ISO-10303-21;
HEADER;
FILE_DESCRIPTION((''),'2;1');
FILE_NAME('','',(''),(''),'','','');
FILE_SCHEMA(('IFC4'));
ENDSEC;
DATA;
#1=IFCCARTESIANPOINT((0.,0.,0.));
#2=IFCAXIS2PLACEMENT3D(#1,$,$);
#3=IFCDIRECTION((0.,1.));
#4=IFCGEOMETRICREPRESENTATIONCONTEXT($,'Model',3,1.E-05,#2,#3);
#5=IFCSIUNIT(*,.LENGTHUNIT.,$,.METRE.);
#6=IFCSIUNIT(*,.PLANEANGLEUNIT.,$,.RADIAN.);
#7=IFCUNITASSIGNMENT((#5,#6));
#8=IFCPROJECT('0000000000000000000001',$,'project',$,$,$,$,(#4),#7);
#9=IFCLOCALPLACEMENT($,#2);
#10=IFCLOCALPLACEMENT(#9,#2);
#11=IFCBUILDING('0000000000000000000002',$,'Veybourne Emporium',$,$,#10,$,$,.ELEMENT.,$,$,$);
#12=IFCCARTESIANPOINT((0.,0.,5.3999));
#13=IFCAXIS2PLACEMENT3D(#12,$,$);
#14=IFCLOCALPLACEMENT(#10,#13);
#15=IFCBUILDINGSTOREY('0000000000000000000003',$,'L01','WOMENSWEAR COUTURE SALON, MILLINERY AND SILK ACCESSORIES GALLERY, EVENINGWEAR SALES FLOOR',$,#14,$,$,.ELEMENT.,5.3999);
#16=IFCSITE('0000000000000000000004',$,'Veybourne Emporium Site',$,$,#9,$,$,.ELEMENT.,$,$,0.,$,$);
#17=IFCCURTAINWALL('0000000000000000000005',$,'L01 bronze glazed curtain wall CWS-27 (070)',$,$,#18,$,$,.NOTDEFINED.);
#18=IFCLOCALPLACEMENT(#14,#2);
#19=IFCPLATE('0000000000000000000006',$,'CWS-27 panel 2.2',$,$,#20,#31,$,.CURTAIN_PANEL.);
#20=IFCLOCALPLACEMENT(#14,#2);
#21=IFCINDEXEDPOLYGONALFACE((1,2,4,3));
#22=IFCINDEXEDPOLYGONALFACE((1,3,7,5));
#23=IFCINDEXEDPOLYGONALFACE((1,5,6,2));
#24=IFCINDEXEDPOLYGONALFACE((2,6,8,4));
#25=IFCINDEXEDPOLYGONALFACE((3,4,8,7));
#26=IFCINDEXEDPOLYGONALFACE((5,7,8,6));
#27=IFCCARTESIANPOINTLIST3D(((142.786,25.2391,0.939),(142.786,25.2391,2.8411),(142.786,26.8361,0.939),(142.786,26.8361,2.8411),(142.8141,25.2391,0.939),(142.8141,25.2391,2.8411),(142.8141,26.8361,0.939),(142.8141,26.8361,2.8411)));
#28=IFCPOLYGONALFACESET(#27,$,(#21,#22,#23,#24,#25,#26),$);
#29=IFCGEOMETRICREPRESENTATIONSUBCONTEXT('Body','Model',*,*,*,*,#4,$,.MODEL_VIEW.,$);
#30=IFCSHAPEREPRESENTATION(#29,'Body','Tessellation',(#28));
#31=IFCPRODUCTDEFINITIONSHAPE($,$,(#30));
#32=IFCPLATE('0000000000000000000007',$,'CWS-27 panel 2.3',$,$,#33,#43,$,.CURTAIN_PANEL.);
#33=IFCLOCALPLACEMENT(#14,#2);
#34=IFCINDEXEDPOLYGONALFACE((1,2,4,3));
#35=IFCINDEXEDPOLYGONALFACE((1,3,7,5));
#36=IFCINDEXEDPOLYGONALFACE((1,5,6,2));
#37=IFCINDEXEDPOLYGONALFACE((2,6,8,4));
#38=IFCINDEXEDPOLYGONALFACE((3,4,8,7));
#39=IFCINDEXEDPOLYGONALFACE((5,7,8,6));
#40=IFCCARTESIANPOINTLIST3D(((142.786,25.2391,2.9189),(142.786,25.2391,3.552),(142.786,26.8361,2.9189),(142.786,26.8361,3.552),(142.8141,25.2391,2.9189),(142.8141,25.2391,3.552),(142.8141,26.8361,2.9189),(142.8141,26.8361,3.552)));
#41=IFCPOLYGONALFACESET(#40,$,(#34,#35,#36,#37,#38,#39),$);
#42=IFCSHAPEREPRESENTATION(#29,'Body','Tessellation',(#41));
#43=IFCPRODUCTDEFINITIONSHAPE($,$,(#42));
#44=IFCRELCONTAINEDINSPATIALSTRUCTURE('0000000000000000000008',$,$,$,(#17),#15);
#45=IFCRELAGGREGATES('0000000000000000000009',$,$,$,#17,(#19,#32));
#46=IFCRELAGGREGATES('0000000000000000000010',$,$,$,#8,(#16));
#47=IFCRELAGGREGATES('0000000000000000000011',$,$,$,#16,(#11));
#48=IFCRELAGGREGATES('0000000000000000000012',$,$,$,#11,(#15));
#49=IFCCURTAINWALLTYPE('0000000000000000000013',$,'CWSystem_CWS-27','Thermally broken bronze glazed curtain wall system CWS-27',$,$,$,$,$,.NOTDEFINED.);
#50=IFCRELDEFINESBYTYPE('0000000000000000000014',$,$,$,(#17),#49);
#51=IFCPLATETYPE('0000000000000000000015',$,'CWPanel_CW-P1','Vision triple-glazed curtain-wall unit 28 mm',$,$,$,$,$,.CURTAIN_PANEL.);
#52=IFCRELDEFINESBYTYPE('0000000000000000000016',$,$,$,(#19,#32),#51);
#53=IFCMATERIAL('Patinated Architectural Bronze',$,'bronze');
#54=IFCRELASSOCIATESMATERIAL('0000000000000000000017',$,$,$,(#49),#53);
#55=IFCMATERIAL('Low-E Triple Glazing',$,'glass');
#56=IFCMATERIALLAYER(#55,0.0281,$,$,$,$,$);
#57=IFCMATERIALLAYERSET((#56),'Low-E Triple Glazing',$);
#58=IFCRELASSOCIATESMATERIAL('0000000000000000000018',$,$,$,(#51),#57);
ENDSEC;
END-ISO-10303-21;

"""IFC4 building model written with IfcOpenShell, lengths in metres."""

from ifc_helpers import new_model, si_unit, direction, frame, origin, origin_2d, place, context, subcontext, project, spatial, rectangle, extrude, material, layer, layer_set, type_object, element, aggregate, save


model = new_model("IFC4")

# Units and contexts
model_context = context("Model", 3, precision=1e-05, world=origin(), true_north=direction((0.0, 1.0)))
body_context = subcontext(model_context, "Body", "Model", "MODEL_VIEW")
ifc_project = project(units=[si_unit("LENGTHUNIT", "METRE"), si_unit("PLANEANGLEUNIT", "RADIAN")], contexts=[model_context])

# Site, building, storey
site_placement = place(None, origin())
site = spatial("IfcSite", under=ifc_project, at=site_placement, Name="Veybourne Emporium Site", CompositionType="ELEMENT", RefElevation=0.0)
building_placement = place(site_placement, origin())
building = spatial("IfcBuilding", under=site, at=building_placement, Name="Veybourne Emporium", CompositionType="ELEMENT")
storey_placement = place(building_placement, frame((0.0, 0.0, 5.3999)))
storey = spatial("IfcBuildingStorey", under=building, at=storey_placement, Name="L01", Description="WOMENSWEAR COUTURE SALON, MILLINERY AND SILK ACCESSORIES GALLERY, EVENINGWEAR SALES FLOOR", CompositionType="ELEMENT", Elevation=5.3999)

# Curtain wall, plates
ifc_material_1 = material(Name="Patinated Architectural Bronze", Category="bronze")
curtain_wall_type = type_object("IfcCurtainWallType", Name="CWSystem_CWS-27", Description="Thermally broken bronze glazed curtain wall system CWS-27", PredefinedType="NOTDEFINED", material=ifc_material_1)
curtain_wall_placement = place(storey_placement, origin())
curtain_wall = element("IfcCurtainWall", 1, at=curtain_wall_placement, inside=storey, type_object=curtain_wall_type, Name="L01 bronze glazed curtain wall CWS-27 (070)", PredefinedType="NOTDEFINED")
ifc_material_2 = material(Name="Low-E Triple Glazing", Category="glass")
ifc_layer = layer(ifc_material_2, 0.0281)
ifc_layer_set = layer_set([ifc_layer], Name="Low-E Triple Glazing")
plate_type = type_object("IfcPlateType", Name="CWPanel_CW-P1", Description="Vision triple-glazed curtain-wall unit 28 mm", PredefinedType="CURTAIN_PANEL", material=ifc_layer_set)
plate_1_placement = place(storey_placement, frame((142.8, 26.0376, 0.939), z_axis=(0.0, 0.0, 1.0), x_axis=(0.0, -1.0, 0.0)))
plate_1 = element("IfcPlate", 2, at=plate_1_placement, type_object=plate_type, Name="CWS-27 panel 2.2", PredefinedType="CURTAIN_PANEL", context=body_context, shape_type="SweptSolid", body=[
    extrude(rectangle(XDim=1.5969, YDim=0.0281, at=origin_2d()), origin(), (0.0, 0.0, 1.0), 1.9021),
])
plate_2_placement = place(storey_placement, frame((142.8, 26.0376, 2.9189), z_axis=(0.0, 0.0, 1.0), x_axis=(0.0, -1.0, 0.0)))
plate_2 = element("IfcPlate", 3, at=plate_2_placement, type_object=plate_type, Name="CWS-27 panel 2.3", PredefinedType="CURTAIN_PANEL", context=body_context, shape_type="SweptSolid", body=[
    extrude(rectangle(XDim=1.5969, YDim=0.0281, at=origin_2d()), origin(), (0.0, 0.0, 1.0), 0.6331),
])
aggregate(curtain_wall, [plate_1, plate_2])

save(model, "model.ifc")
